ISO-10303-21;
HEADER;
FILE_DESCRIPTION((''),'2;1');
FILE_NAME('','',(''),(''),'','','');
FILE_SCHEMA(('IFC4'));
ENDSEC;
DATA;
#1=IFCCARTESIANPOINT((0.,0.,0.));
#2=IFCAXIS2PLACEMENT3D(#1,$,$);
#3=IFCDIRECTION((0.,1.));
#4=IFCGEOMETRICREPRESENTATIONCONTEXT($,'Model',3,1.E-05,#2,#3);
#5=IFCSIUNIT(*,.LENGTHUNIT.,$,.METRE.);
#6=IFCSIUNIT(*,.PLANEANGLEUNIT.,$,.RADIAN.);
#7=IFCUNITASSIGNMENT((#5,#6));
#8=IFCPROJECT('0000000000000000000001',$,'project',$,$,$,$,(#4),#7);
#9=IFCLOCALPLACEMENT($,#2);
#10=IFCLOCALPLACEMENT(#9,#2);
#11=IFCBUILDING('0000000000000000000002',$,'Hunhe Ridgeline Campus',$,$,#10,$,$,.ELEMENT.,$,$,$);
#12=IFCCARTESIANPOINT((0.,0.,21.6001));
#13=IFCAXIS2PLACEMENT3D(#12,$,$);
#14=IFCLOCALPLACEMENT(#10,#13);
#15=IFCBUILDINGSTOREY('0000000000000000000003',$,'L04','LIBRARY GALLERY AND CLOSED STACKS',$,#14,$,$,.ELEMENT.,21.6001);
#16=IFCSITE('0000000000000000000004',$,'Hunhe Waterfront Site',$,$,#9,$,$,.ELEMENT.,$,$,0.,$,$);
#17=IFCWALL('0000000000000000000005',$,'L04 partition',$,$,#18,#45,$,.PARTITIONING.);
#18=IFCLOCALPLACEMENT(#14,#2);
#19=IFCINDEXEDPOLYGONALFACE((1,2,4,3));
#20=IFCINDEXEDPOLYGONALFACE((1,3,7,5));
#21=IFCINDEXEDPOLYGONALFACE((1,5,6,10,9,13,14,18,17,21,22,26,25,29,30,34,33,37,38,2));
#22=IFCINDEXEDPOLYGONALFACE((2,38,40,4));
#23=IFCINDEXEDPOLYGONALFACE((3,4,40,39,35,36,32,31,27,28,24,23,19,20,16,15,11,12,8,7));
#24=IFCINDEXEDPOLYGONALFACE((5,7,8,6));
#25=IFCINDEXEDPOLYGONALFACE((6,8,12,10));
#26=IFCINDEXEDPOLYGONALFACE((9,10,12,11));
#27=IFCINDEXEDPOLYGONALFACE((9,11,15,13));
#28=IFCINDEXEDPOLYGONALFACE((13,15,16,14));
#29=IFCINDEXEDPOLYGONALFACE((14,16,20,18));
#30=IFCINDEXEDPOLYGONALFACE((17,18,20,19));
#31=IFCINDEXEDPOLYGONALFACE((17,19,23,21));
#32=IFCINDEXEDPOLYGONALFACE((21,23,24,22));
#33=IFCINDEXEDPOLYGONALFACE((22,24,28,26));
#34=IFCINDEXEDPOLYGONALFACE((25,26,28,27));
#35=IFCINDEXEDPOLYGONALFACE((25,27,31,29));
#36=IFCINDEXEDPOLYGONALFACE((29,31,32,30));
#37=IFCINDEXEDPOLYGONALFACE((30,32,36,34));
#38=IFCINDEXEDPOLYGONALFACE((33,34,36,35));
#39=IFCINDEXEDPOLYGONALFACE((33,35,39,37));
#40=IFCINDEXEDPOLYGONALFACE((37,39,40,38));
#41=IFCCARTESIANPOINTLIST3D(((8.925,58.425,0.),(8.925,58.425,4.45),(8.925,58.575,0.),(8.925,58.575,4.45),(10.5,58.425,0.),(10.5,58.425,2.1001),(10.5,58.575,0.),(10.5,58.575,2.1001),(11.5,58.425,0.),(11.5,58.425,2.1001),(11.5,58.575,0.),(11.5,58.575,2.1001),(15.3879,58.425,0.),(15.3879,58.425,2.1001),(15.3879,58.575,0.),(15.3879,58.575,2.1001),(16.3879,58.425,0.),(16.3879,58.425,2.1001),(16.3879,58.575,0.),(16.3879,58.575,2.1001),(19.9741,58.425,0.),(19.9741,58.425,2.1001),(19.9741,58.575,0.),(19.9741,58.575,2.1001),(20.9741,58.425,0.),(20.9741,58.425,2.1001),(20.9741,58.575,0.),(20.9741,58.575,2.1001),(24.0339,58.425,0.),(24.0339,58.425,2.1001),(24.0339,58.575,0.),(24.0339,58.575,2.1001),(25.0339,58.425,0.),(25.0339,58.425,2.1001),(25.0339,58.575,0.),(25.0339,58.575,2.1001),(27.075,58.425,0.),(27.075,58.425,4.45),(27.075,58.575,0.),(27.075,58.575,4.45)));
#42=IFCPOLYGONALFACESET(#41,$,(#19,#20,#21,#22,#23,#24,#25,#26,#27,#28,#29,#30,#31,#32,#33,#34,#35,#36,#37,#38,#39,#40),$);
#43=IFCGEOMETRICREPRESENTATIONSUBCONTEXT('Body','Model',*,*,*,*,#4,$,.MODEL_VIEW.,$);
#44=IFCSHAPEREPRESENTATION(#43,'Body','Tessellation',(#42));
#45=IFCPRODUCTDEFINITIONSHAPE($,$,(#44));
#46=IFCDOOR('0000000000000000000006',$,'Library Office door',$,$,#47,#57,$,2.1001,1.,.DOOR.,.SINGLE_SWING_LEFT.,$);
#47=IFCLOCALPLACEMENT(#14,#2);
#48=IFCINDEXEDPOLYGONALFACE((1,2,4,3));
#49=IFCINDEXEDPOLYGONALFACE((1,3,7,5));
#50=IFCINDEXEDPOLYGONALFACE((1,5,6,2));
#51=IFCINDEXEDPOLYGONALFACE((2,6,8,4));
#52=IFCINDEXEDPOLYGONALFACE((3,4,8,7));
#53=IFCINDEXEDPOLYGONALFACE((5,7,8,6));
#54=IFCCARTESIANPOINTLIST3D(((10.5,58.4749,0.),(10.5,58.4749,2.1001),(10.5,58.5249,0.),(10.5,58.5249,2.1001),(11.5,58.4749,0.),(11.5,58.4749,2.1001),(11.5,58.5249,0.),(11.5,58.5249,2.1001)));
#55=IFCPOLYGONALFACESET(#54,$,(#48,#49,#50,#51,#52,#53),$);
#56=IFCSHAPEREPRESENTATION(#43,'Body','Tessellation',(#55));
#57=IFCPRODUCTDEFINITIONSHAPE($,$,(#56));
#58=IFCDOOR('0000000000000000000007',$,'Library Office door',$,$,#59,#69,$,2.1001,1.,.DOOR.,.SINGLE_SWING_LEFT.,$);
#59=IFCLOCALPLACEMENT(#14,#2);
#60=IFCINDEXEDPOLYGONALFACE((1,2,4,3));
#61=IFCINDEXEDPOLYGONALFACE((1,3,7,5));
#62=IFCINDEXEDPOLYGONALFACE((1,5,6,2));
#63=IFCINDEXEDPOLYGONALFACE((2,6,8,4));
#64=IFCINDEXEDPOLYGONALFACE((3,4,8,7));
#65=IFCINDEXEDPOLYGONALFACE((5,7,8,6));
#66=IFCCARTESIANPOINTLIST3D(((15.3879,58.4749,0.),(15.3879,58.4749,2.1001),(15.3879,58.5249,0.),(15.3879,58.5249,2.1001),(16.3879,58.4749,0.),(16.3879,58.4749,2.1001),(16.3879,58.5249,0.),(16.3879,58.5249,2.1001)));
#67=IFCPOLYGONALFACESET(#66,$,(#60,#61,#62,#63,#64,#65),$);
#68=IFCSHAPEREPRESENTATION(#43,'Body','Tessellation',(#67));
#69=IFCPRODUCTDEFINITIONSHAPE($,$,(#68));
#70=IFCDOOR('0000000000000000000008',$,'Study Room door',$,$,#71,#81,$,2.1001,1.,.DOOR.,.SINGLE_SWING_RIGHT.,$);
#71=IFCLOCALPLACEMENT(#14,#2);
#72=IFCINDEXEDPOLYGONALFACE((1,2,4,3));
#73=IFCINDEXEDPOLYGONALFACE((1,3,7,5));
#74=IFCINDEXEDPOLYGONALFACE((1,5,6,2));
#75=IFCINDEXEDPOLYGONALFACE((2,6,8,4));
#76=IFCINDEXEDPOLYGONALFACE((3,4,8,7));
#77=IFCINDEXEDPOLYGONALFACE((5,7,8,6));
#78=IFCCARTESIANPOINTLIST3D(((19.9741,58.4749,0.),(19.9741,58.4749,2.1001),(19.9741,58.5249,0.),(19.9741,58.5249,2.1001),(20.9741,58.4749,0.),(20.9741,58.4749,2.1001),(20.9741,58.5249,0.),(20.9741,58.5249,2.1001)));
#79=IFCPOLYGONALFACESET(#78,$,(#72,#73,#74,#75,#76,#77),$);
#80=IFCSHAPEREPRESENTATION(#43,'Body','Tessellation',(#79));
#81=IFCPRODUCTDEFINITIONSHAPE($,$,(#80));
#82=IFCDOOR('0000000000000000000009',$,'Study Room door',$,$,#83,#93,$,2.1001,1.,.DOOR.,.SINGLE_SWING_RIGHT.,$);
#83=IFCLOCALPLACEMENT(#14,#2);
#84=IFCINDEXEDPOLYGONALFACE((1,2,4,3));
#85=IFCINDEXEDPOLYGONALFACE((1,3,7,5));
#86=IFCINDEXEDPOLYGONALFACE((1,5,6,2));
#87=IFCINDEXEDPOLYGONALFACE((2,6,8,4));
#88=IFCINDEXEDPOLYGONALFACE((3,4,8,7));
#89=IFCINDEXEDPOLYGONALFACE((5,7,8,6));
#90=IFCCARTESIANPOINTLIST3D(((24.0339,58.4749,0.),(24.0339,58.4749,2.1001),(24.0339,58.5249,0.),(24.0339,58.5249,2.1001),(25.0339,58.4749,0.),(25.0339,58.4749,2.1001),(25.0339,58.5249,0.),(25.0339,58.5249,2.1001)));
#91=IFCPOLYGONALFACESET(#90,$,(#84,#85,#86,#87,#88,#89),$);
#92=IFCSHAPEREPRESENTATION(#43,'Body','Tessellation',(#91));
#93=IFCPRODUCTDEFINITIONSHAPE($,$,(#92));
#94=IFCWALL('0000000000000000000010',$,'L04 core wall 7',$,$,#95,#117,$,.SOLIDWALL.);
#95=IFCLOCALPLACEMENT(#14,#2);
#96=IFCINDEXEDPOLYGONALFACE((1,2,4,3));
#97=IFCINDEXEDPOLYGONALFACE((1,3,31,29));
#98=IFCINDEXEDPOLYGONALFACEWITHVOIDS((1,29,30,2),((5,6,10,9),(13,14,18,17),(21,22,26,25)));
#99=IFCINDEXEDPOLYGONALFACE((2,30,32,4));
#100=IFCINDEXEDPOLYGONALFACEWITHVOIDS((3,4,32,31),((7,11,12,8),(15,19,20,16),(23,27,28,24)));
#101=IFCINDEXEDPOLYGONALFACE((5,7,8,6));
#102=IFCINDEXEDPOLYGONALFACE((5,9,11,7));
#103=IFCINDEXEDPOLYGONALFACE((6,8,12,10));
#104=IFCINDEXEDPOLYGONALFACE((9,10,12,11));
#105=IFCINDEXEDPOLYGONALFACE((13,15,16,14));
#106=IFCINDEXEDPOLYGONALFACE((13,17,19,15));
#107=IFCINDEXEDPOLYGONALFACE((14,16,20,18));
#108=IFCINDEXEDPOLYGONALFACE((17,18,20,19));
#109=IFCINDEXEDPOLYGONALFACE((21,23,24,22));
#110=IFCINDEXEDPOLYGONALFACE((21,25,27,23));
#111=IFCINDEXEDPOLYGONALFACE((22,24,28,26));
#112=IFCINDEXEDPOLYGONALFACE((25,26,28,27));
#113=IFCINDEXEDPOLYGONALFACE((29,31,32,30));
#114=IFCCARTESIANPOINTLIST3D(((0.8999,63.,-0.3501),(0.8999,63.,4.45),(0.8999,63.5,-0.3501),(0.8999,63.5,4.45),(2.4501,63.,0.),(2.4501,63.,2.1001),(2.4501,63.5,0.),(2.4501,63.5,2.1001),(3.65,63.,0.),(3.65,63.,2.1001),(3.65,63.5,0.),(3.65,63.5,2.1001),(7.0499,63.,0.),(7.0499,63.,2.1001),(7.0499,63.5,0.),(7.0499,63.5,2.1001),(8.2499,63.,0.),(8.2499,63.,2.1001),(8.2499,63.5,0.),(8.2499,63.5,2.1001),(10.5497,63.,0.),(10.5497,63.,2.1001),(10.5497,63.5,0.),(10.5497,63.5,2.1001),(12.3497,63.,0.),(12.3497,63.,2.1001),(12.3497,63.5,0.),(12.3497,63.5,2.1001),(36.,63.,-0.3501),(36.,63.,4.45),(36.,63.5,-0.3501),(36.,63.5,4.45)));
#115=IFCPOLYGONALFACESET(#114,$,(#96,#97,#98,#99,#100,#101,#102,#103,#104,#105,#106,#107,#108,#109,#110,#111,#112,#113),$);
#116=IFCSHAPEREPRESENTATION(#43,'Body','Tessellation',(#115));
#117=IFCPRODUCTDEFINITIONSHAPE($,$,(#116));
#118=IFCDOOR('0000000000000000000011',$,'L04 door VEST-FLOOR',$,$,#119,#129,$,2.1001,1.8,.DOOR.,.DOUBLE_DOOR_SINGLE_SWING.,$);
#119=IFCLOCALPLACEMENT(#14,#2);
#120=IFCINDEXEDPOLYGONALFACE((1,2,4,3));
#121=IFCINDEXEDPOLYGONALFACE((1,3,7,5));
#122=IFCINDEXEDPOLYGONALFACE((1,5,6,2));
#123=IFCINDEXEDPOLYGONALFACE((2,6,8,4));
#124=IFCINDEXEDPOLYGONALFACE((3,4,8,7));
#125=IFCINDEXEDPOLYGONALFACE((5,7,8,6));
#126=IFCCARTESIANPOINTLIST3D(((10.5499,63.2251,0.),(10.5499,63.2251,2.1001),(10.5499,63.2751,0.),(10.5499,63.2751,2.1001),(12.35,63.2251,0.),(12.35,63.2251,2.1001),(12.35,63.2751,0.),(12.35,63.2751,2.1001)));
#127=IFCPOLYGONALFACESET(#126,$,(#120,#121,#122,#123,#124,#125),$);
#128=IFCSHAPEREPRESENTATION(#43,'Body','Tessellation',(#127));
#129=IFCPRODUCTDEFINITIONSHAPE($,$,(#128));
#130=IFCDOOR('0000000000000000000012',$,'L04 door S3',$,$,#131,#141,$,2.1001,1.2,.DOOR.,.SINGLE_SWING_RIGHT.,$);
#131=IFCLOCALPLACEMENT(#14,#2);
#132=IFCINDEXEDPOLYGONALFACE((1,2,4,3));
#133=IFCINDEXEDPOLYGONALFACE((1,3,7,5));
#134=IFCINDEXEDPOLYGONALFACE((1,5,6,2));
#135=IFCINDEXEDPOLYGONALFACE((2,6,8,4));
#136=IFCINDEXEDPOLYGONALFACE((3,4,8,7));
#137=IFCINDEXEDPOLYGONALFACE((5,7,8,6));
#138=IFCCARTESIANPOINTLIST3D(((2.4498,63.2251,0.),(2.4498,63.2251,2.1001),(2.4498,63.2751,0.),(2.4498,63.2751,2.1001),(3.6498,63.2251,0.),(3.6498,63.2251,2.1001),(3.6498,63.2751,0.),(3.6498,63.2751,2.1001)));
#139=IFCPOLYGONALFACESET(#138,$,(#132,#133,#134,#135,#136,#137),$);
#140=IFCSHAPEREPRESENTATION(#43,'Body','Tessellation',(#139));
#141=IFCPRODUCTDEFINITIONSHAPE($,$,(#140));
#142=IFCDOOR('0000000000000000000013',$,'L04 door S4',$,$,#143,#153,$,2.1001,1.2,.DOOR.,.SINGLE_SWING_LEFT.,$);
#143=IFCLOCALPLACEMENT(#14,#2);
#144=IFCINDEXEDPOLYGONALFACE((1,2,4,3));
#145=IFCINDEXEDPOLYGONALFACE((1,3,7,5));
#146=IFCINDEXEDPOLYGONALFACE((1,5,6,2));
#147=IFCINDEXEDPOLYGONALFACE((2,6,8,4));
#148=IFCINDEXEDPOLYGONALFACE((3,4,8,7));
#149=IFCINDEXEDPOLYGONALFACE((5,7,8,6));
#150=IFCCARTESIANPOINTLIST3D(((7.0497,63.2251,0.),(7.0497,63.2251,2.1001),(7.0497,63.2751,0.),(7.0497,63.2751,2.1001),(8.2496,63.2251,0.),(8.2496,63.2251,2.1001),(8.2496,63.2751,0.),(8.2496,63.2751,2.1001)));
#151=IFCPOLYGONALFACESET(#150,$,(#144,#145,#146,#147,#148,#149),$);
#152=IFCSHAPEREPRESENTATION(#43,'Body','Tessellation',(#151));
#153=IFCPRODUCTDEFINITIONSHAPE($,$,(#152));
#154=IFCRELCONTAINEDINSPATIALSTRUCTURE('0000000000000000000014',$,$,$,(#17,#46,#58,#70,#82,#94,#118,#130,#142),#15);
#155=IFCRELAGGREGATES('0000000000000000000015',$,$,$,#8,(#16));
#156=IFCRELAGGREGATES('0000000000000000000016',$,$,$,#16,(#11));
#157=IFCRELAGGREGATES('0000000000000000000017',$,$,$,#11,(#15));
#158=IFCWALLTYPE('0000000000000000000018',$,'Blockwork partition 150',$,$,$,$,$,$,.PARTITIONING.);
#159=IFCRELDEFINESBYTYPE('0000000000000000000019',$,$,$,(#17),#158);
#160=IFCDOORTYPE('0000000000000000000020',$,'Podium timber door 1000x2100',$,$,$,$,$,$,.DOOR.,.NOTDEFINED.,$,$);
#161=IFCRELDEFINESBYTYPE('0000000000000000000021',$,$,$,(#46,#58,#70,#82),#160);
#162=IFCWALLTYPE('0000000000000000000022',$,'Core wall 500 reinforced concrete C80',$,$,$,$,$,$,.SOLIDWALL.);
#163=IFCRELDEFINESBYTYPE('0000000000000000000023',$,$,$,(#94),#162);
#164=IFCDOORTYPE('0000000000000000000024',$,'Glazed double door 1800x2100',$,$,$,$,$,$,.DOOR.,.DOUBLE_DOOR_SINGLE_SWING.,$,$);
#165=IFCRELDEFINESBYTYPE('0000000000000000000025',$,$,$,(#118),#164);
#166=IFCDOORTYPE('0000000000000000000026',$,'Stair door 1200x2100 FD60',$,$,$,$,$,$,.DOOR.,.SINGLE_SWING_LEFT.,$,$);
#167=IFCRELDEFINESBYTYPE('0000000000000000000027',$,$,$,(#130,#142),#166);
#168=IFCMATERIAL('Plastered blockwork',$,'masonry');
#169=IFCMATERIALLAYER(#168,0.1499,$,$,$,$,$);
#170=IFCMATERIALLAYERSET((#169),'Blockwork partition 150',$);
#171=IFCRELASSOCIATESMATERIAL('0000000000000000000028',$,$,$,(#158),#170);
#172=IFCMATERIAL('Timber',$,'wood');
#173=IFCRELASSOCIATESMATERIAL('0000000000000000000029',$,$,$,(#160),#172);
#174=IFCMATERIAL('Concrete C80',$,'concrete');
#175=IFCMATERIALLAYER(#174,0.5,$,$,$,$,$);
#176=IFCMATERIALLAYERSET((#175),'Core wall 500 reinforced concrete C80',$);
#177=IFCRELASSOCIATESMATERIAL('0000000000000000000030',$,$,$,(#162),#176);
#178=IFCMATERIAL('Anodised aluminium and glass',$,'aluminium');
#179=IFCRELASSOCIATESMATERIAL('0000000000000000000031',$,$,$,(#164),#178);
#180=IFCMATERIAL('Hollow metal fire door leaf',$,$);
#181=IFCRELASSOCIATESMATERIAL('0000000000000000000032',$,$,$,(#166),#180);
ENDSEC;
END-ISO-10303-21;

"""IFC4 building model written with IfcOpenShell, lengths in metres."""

from ifc_helpers import new_model, si_unit, direction, frame, frame_2d, origin, place, context, subcontext, project, spatial, rectangle, extrude, material, layer, layer_set, type_object, element, fill, save


model = new_model("IFC4")

# Units and contexts
model_context = context("Model", 3, precision=1e-05, world=origin(), true_north=direction((0.0, 1.0)))
body_context = subcontext(model_context, "Body", "Model", "MODEL_VIEW")
ifc_project = project(units=[si_unit("LENGTHUNIT", "METRE"), si_unit("PLANEANGLEUNIT", "RADIAN")], contexts=[model_context])

# Site, building, storey
site_placement = place(None, origin())
site = spatial("IfcSite", under=ifc_project, at=site_placement, Name="Hunhe Waterfront Site", CompositionType="ELEMENT", RefElevation=0.0)
building_placement = place(site_placement, origin())
building = spatial("IfcBuilding", under=site, at=building_placement, Name="Hunhe Ridgeline Campus", CompositionType="ELEMENT")
storey_placement = place(building_placement, frame((0.0, 0.0, 21.6001)))
storey = spatial("IfcBuildingStorey", under=building, at=storey_placement, Name="L04", Description="LIBRARY GALLERY AND CLOSED STACKS", CompositionType="ELEMENT", Elevation=21.6001)

# Walls, openings, doors
ifc_material_1 = material(Name="Plastered blockwork", Category="masonry")
ifc_layer_1 = layer(ifc_material_1, 0.1499)
ifc_layer_set_1 = layer_set([ifc_layer_1], Name="Blockwork partition 150")
wall_type_1 = type_object("IfcWallType", Name="Blockwork partition 150", PredefinedType="PARTITIONING", material=ifc_layer_set_1)
wall_1_placement = place(storey_placement, frame((8.925, 58.5, 0.0), z_axis=(0.0, 0.0, 1.0), x_axis=(1.0, 0.0, 0.0)))
wall_1 = element("IfcWall", 1, at=wall_1_placement, inside=storey, type_object=wall_type_1, Name="L04 partition", PredefinedType="PARTITIONING", context=body_context, shape_type="SweptSolid", body=[
    extrude(rectangle(XDim=18.1499, YDim=0.1499, at=frame_2d((9.075, 0.0))), origin(), (0.0, 0.0, 1.0), 4.45),
])
opening_1_placement = place(wall_1_placement, frame((1.575, 0.0, 0.0)))
opening_1 = element("IfcOpeningElement", 2, at=opening_1_placement, cuts=wall_1, PredefinedType="OPENING", context=body_context, shape_type="SweptSolid", body=[
    extrude(rectangle(XDim=1.0, YDim=2.1001, at=frame_2d((0.5, 1.05))), frame((0.0, 0.075, 0.0), z_axis=(0.0, -1.0, 0.0), x_axis=(1.0, 0.0, 0.0)), (0.0, 0.0, 1.0), 0.1499),
])
opening_2_placement = place(wall_1_placement, frame((6.4629, 0.0, 0.0)))
opening_2 = element("IfcOpeningElement", 3, at=opening_2_placement, cuts=wall_1, PredefinedType="OPENING", context=body_context, shape_type="SweptSolid", body=[
    extrude(rectangle(XDim=1.0, YDim=2.1001, at=frame_2d((0.5, 1.05))), frame((0.0, 0.075, 0.0), z_axis=(0.0, -1.0, 0.0), x_axis=(1.0, 0.0, 0.0)), (0.0, 0.0, 1.0), 0.1499),
])
opening_3_placement = place(wall_1_placement, frame((11.0491, 0.0, 0.0)))
opening_3 = element("IfcOpeningElement", 4, at=opening_3_placement, cuts=wall_1, PredefinedType="OPENING", context=body_context, shape_type="SweptSolid", body=[
    extrude(rectangle(XDim=1.0, YDim=2.1001, at=frame_2d((0.5, 1.05))), frame((0.0, 0.075, 0.0), z_axis=(0.0, -1.0, 0.0), x_axis=(1.0, 0.0, 0.0)), (0.0, 0.0, 1.0), 0.1499),
])
opening_4_placement = place(wall_1_placement, frame((15.1089, 0.0, 0.0)))
opening_4 = element("IfcOpeningElement", 5, at=opening_4_placement, cuts=wall_1, PredefinedType="OPENING", context=body_context, shape_type="SweptSolid", body=[
    extrude(rectangle(XDim=1.0, YDim=2.1001, at=frame_2d((0.5, 1.05))), frame((0.0, 0.075, 0.0), z_axis=(0.0, -1.0, 0.0), x_axis=(1.0, 0.0, 0.0)), (0.0, 0.0, 1.0), 0.1499),
])
ifc_material_2 = material(Name="Timber", Category="wood")
door_type_1 = type_object("IfcDoorType", Name="Podium timber door 1000x2100", OperationType="NOTDEFINED", PredefinedType="DOOR", material=ifc_material_2)
door_1_placement = place(opening_1_placement, origin())
door_1 = element("IfcDoor", 6, at=door_1_placement, inside=storey, type_object=door_type_1, Name="Library Office door", OperationType="SINGLE_SWING_LEFT", OverallHeight=2.1001, OverallWidth=1.0, PredefinedType="DOOR", context=body_context, shape_type="SweptSolid", body=[
    extrude(rectangle(XDim=1.0, YDim=2.1001, at=frame_2d((0.5, 1.05))), frame((0.0, 0.0249, 0.0), z_axis=(0.0, -1.0, 0.0), x_axis=(1.0, 0.0, 0.0)), (0.0, 0.0, 1.0), 0.05),
])
fill(opening_1, door_1)
door_2_placement = place(opening_2_placement, origin())
door_2 = element("IfcDoor", 7, at=door_2_placement, inside=storey, type_object=door_type_1, Name="Library Office door", OperationType="SINGLE_SWING_LEFT", OverallHeight=2.1001, OverallWidth=1.0, PredefinedType="DOOR", context=body_context, shape_type="SweptSolid", body=[
    extrude(rectangle(XDim=1.0, YDim=2.1001, at=frame_2d((0.5, 1.05))), frame((0.0, 0.0249, 0.0), z_axis=(0.0, -1.0, 0.0), x_axis=(1.0, 0.0, 0.0)), (0.0, 0.0, 1.0), 0.05),
])
fill(opening_2, door_2)
door_3_placement = place(opening_3_placement, origin())
door_3 = element("IfcDoor", 8, at=door_3_placement, inside=storey, type_object=door_type_1, Name="Study Room door", OperationType="SINGLE_SWING_RIGHT", OverallHeight=2.1001, OverallWidth=1.0, PredefinedType="DOOR", context=body_context, shape_type="SweptSolid", body=[
    extrude(rectangle(XDim=1.0, YDim=2.1001, at=frame_2d((0.5, 1.05))), frame((0.0, 0.0249, 0.0), z_axis=(0.0, -1.0, 0.0), x_axis=(1.0, 0.0, 0.0)), (0.0, 0.0, 1.0), 0.05),
])
fill(opening_3, door_3)
door_4_placement = place(opening_4_placement, origin())
door_4 = element("IfcDoor", 9, at=door_4_placement, inside=storey, type_object=door_type_1, Name="Study Room door", OperationType="SINGLE_SWING_RIGHT", OverallHeight=2.1001, OverallWidth=1.0, PredefinedType="DOOR", context=body_context, shape_type="SweptSolid", body=[
    extrude(rectangle(XDim=1.0, YDim=2.1001, at=frame_2d((0.5, 1.05))), frame((0.0, 0.0249, 0.0), z_axis=(0.0, -1.0, 0.0), x_axis=(1.0, 0.0, 0.0)), (0.0, 0.0, 1.0), 0.05),
])
fill(opening_4, door_4)
ifc_material_3 = material(Name="Concrete C80", Category="concrete")
ifc_layer_2 = layer(ifc_material_3, 0.5)
ifc_layer_set_2 = layer_set([ifc_layer_2], Name="Core wall 500 reinforced concrete C80")
wall_type_2 = type_object("IfcWallType", Name="Core wall 500 reinforced concrete C80", PredefinedType="SOLIDWALL", material=ifc_layer_set_2)
wall_2_placement = place(storey_placement, frame((0.8999, 63.25, -0.3501), z_axis=(0.0, 0.0, 1.0), x_axis=(1.0, 0.0, 0.0)))
wall_2 = element("IfcWall", 10, at=wall_2_placement, inside=storey, type_object=wall_type_2, Name="L04 core wall 7", PredefinedType="SOLIDWALL", context=body_context, shape_type="SweptSolid", body=[
    extrude(rectangle(XDim=35.1001, YDim=0.5, at=frame_2d((17.55, 0.0))), origin(), (0.0, 0.0, 1.0), 4.8),
])
opening_5_placement = place(wall_2_placement, frame((9.6499, 0.0, 0.3501)))
opening_5 = element("IfcOpeningElement", 11, at=opening_5_placement, cuts=wall_2, PredefinedType="OPENING", context=body_context, shape_type="SweptSolid", body=[
    extrude(rectangle(XDim=1.8, YDim=2.1001, at=frame_2d((0.8999, 1.05))), frame((0.0, 0.25, 0.0), z_axis=(0.0, -1.0, 0.0), x_axis=(1.0, 0.0, 0.0)), (0.0, 0.0, 1.0), 0.5),
])
opening_6_placement = place(wall_2_placement, frame((1.55, 0.0, 0.3501)))
opening_6 = element("IfcOpeningElement", 12, at=opening_6_placement, cuts=wall_2, PredefinedType="OPENING", context=body_context, shape_type="SweptSolid", body=[
    extrude(rectangle(XDim=1.2, YDim=2.1001, at=frame_2d((0.6001, 1.05))), frame((0.0, 0.25, 0.0), z_axis=(0.0, -1.0, 0.0), x_axis=(1.0, 0.0, 0.0)), (0.0, 0.0, 1.0), 0.5),
])
opening_7_placement = place(wall_2_placement, frame((6.1499, 0.0, 0.3501)))
opening_7 = element("IfcOpeningElement", 13, at=opening_7_placement, cuts=wall_2, PredefinedType="OPENING", context=body_context, shape_type="SweptSolid", body=[
    extrude(rectangle(XDim=1.2, YDim=2.1001, at=frame_2d((0.6001, 1.05))), frame((0.0, 0.25, 0.0), z_axis=(0.0, -1.0, 0.0), x_axis=(1.0, 0.0, 0.0)), (0.0, 0.0, 1.0), 0.5),
])
ifc_material_4 = material(Name="Anodised aluminium and glass", Category="aluminium")
door_type_2 = type_object("IfcDoorType", Name="Glazed double door 1800x2100", OperationType="DOUBLE_DOOR_SINGLE_SWING", PredefinedType="DOOR", material=ifc_material_4)
door_5_placement = place(opening_5_placement, frame((1.8, 0.0, 0.0), z_axis=(0.0, 0.0, 1.0), x_axis=(-1.0, 0.0, 0.0)))
door_5 = element("IfcDoor", 14, at=door_5_placement, inside=storey, type_object=door_type_2, Name="L04 door VEST-FLOOR", OperationType="DOUBLE_DOOR_SINGLE_SWING", OverallHeight=2.1001, OverallWidth=1.8, PredefinedType="DOOR", context=body_context, shape_type="SweptSolid", body=[
    extrude(rectangle(XDim=1.8, YDim=2.1001, at=frame_2d((0.8999, 1.05))), frame((0.0, 0.0249, 0.0), z_axis=(0.0, -1.0, 0.0), x_axis=(1.0, 0.0, 0.0)), (0.0, 0.0, 1.0), 0.05),
])
fill(opening_5, door_5)
ifc_material_5 = material(Name="Hollow metal fire door leaf")
door_type_3 = type_object("IfcDoorType", Name="Stair door 1200x2100 FD60", OperationType="SINGLE_SWING_LEFT", PredefinedType="DOOR", material=ifc_material_5)
door_6_placement = place(opening_6_placement, frame((1.2, 0.0, 0.0), z_axis=(0.0, 0.0, 1.0), x_axis=(-1.0, 0.0, 0.0)))
door_6 = element("IfcDoor", 15, at=door_6_placement, inside=storey, type_object=door_type_3, Name="L04 door S3", OperationType="SINGLE_SWING_RIGHT", OverallHeight=2.1001, OverallWidth=1.2, PredefinedType="DOOR", context=body_context, shape_type="SweptSolid", body=[
    extrude(rectangle(XDim=1.2, YDim=2.1001, at=frame_2d((0.6001, 1.05))), frame((0.0, 0.0249, 0.0), z_axis=(0.0, -1.0, 0.0), x_axis=(1.0, 0.0, 0.0)), (0.0, 0.0, 1.0), 0.05),
])
fill(opening_6, door_6)
door_7_placement = place(opening_7_placement, frame((1.2, 0.0, 0.0), z_axis=(0.0, 0.0, 1.0), x_axis=(-1.0, 0.0, 0.0)))
door_7 = element("IfcDoor", 16, at=door_7_placement, inside=storey, type_object=door_type_3, Name="L04 door S4", OperationType="SINGLE_SWING_LEFT", OverallHeight=2.1001, OverallWidth=1.2, PredefinedType="DOOR", context=body_context, shape_type="SweptSolid", body=[
    extrude(rectangle(XDim=1.2, YDim=2.1001, at=frame_2d((0.6001, 1.05))), frame((0.0, 0.0249, 0.0), z_axis=(0.0, -1.0, 0.0), x_axis=(1.0, 0.0, 0.0)), (0.0, 0.0, 1.0), 0.05),
])
fill(opening_7, door_7)

save(model, "model.ifc")
